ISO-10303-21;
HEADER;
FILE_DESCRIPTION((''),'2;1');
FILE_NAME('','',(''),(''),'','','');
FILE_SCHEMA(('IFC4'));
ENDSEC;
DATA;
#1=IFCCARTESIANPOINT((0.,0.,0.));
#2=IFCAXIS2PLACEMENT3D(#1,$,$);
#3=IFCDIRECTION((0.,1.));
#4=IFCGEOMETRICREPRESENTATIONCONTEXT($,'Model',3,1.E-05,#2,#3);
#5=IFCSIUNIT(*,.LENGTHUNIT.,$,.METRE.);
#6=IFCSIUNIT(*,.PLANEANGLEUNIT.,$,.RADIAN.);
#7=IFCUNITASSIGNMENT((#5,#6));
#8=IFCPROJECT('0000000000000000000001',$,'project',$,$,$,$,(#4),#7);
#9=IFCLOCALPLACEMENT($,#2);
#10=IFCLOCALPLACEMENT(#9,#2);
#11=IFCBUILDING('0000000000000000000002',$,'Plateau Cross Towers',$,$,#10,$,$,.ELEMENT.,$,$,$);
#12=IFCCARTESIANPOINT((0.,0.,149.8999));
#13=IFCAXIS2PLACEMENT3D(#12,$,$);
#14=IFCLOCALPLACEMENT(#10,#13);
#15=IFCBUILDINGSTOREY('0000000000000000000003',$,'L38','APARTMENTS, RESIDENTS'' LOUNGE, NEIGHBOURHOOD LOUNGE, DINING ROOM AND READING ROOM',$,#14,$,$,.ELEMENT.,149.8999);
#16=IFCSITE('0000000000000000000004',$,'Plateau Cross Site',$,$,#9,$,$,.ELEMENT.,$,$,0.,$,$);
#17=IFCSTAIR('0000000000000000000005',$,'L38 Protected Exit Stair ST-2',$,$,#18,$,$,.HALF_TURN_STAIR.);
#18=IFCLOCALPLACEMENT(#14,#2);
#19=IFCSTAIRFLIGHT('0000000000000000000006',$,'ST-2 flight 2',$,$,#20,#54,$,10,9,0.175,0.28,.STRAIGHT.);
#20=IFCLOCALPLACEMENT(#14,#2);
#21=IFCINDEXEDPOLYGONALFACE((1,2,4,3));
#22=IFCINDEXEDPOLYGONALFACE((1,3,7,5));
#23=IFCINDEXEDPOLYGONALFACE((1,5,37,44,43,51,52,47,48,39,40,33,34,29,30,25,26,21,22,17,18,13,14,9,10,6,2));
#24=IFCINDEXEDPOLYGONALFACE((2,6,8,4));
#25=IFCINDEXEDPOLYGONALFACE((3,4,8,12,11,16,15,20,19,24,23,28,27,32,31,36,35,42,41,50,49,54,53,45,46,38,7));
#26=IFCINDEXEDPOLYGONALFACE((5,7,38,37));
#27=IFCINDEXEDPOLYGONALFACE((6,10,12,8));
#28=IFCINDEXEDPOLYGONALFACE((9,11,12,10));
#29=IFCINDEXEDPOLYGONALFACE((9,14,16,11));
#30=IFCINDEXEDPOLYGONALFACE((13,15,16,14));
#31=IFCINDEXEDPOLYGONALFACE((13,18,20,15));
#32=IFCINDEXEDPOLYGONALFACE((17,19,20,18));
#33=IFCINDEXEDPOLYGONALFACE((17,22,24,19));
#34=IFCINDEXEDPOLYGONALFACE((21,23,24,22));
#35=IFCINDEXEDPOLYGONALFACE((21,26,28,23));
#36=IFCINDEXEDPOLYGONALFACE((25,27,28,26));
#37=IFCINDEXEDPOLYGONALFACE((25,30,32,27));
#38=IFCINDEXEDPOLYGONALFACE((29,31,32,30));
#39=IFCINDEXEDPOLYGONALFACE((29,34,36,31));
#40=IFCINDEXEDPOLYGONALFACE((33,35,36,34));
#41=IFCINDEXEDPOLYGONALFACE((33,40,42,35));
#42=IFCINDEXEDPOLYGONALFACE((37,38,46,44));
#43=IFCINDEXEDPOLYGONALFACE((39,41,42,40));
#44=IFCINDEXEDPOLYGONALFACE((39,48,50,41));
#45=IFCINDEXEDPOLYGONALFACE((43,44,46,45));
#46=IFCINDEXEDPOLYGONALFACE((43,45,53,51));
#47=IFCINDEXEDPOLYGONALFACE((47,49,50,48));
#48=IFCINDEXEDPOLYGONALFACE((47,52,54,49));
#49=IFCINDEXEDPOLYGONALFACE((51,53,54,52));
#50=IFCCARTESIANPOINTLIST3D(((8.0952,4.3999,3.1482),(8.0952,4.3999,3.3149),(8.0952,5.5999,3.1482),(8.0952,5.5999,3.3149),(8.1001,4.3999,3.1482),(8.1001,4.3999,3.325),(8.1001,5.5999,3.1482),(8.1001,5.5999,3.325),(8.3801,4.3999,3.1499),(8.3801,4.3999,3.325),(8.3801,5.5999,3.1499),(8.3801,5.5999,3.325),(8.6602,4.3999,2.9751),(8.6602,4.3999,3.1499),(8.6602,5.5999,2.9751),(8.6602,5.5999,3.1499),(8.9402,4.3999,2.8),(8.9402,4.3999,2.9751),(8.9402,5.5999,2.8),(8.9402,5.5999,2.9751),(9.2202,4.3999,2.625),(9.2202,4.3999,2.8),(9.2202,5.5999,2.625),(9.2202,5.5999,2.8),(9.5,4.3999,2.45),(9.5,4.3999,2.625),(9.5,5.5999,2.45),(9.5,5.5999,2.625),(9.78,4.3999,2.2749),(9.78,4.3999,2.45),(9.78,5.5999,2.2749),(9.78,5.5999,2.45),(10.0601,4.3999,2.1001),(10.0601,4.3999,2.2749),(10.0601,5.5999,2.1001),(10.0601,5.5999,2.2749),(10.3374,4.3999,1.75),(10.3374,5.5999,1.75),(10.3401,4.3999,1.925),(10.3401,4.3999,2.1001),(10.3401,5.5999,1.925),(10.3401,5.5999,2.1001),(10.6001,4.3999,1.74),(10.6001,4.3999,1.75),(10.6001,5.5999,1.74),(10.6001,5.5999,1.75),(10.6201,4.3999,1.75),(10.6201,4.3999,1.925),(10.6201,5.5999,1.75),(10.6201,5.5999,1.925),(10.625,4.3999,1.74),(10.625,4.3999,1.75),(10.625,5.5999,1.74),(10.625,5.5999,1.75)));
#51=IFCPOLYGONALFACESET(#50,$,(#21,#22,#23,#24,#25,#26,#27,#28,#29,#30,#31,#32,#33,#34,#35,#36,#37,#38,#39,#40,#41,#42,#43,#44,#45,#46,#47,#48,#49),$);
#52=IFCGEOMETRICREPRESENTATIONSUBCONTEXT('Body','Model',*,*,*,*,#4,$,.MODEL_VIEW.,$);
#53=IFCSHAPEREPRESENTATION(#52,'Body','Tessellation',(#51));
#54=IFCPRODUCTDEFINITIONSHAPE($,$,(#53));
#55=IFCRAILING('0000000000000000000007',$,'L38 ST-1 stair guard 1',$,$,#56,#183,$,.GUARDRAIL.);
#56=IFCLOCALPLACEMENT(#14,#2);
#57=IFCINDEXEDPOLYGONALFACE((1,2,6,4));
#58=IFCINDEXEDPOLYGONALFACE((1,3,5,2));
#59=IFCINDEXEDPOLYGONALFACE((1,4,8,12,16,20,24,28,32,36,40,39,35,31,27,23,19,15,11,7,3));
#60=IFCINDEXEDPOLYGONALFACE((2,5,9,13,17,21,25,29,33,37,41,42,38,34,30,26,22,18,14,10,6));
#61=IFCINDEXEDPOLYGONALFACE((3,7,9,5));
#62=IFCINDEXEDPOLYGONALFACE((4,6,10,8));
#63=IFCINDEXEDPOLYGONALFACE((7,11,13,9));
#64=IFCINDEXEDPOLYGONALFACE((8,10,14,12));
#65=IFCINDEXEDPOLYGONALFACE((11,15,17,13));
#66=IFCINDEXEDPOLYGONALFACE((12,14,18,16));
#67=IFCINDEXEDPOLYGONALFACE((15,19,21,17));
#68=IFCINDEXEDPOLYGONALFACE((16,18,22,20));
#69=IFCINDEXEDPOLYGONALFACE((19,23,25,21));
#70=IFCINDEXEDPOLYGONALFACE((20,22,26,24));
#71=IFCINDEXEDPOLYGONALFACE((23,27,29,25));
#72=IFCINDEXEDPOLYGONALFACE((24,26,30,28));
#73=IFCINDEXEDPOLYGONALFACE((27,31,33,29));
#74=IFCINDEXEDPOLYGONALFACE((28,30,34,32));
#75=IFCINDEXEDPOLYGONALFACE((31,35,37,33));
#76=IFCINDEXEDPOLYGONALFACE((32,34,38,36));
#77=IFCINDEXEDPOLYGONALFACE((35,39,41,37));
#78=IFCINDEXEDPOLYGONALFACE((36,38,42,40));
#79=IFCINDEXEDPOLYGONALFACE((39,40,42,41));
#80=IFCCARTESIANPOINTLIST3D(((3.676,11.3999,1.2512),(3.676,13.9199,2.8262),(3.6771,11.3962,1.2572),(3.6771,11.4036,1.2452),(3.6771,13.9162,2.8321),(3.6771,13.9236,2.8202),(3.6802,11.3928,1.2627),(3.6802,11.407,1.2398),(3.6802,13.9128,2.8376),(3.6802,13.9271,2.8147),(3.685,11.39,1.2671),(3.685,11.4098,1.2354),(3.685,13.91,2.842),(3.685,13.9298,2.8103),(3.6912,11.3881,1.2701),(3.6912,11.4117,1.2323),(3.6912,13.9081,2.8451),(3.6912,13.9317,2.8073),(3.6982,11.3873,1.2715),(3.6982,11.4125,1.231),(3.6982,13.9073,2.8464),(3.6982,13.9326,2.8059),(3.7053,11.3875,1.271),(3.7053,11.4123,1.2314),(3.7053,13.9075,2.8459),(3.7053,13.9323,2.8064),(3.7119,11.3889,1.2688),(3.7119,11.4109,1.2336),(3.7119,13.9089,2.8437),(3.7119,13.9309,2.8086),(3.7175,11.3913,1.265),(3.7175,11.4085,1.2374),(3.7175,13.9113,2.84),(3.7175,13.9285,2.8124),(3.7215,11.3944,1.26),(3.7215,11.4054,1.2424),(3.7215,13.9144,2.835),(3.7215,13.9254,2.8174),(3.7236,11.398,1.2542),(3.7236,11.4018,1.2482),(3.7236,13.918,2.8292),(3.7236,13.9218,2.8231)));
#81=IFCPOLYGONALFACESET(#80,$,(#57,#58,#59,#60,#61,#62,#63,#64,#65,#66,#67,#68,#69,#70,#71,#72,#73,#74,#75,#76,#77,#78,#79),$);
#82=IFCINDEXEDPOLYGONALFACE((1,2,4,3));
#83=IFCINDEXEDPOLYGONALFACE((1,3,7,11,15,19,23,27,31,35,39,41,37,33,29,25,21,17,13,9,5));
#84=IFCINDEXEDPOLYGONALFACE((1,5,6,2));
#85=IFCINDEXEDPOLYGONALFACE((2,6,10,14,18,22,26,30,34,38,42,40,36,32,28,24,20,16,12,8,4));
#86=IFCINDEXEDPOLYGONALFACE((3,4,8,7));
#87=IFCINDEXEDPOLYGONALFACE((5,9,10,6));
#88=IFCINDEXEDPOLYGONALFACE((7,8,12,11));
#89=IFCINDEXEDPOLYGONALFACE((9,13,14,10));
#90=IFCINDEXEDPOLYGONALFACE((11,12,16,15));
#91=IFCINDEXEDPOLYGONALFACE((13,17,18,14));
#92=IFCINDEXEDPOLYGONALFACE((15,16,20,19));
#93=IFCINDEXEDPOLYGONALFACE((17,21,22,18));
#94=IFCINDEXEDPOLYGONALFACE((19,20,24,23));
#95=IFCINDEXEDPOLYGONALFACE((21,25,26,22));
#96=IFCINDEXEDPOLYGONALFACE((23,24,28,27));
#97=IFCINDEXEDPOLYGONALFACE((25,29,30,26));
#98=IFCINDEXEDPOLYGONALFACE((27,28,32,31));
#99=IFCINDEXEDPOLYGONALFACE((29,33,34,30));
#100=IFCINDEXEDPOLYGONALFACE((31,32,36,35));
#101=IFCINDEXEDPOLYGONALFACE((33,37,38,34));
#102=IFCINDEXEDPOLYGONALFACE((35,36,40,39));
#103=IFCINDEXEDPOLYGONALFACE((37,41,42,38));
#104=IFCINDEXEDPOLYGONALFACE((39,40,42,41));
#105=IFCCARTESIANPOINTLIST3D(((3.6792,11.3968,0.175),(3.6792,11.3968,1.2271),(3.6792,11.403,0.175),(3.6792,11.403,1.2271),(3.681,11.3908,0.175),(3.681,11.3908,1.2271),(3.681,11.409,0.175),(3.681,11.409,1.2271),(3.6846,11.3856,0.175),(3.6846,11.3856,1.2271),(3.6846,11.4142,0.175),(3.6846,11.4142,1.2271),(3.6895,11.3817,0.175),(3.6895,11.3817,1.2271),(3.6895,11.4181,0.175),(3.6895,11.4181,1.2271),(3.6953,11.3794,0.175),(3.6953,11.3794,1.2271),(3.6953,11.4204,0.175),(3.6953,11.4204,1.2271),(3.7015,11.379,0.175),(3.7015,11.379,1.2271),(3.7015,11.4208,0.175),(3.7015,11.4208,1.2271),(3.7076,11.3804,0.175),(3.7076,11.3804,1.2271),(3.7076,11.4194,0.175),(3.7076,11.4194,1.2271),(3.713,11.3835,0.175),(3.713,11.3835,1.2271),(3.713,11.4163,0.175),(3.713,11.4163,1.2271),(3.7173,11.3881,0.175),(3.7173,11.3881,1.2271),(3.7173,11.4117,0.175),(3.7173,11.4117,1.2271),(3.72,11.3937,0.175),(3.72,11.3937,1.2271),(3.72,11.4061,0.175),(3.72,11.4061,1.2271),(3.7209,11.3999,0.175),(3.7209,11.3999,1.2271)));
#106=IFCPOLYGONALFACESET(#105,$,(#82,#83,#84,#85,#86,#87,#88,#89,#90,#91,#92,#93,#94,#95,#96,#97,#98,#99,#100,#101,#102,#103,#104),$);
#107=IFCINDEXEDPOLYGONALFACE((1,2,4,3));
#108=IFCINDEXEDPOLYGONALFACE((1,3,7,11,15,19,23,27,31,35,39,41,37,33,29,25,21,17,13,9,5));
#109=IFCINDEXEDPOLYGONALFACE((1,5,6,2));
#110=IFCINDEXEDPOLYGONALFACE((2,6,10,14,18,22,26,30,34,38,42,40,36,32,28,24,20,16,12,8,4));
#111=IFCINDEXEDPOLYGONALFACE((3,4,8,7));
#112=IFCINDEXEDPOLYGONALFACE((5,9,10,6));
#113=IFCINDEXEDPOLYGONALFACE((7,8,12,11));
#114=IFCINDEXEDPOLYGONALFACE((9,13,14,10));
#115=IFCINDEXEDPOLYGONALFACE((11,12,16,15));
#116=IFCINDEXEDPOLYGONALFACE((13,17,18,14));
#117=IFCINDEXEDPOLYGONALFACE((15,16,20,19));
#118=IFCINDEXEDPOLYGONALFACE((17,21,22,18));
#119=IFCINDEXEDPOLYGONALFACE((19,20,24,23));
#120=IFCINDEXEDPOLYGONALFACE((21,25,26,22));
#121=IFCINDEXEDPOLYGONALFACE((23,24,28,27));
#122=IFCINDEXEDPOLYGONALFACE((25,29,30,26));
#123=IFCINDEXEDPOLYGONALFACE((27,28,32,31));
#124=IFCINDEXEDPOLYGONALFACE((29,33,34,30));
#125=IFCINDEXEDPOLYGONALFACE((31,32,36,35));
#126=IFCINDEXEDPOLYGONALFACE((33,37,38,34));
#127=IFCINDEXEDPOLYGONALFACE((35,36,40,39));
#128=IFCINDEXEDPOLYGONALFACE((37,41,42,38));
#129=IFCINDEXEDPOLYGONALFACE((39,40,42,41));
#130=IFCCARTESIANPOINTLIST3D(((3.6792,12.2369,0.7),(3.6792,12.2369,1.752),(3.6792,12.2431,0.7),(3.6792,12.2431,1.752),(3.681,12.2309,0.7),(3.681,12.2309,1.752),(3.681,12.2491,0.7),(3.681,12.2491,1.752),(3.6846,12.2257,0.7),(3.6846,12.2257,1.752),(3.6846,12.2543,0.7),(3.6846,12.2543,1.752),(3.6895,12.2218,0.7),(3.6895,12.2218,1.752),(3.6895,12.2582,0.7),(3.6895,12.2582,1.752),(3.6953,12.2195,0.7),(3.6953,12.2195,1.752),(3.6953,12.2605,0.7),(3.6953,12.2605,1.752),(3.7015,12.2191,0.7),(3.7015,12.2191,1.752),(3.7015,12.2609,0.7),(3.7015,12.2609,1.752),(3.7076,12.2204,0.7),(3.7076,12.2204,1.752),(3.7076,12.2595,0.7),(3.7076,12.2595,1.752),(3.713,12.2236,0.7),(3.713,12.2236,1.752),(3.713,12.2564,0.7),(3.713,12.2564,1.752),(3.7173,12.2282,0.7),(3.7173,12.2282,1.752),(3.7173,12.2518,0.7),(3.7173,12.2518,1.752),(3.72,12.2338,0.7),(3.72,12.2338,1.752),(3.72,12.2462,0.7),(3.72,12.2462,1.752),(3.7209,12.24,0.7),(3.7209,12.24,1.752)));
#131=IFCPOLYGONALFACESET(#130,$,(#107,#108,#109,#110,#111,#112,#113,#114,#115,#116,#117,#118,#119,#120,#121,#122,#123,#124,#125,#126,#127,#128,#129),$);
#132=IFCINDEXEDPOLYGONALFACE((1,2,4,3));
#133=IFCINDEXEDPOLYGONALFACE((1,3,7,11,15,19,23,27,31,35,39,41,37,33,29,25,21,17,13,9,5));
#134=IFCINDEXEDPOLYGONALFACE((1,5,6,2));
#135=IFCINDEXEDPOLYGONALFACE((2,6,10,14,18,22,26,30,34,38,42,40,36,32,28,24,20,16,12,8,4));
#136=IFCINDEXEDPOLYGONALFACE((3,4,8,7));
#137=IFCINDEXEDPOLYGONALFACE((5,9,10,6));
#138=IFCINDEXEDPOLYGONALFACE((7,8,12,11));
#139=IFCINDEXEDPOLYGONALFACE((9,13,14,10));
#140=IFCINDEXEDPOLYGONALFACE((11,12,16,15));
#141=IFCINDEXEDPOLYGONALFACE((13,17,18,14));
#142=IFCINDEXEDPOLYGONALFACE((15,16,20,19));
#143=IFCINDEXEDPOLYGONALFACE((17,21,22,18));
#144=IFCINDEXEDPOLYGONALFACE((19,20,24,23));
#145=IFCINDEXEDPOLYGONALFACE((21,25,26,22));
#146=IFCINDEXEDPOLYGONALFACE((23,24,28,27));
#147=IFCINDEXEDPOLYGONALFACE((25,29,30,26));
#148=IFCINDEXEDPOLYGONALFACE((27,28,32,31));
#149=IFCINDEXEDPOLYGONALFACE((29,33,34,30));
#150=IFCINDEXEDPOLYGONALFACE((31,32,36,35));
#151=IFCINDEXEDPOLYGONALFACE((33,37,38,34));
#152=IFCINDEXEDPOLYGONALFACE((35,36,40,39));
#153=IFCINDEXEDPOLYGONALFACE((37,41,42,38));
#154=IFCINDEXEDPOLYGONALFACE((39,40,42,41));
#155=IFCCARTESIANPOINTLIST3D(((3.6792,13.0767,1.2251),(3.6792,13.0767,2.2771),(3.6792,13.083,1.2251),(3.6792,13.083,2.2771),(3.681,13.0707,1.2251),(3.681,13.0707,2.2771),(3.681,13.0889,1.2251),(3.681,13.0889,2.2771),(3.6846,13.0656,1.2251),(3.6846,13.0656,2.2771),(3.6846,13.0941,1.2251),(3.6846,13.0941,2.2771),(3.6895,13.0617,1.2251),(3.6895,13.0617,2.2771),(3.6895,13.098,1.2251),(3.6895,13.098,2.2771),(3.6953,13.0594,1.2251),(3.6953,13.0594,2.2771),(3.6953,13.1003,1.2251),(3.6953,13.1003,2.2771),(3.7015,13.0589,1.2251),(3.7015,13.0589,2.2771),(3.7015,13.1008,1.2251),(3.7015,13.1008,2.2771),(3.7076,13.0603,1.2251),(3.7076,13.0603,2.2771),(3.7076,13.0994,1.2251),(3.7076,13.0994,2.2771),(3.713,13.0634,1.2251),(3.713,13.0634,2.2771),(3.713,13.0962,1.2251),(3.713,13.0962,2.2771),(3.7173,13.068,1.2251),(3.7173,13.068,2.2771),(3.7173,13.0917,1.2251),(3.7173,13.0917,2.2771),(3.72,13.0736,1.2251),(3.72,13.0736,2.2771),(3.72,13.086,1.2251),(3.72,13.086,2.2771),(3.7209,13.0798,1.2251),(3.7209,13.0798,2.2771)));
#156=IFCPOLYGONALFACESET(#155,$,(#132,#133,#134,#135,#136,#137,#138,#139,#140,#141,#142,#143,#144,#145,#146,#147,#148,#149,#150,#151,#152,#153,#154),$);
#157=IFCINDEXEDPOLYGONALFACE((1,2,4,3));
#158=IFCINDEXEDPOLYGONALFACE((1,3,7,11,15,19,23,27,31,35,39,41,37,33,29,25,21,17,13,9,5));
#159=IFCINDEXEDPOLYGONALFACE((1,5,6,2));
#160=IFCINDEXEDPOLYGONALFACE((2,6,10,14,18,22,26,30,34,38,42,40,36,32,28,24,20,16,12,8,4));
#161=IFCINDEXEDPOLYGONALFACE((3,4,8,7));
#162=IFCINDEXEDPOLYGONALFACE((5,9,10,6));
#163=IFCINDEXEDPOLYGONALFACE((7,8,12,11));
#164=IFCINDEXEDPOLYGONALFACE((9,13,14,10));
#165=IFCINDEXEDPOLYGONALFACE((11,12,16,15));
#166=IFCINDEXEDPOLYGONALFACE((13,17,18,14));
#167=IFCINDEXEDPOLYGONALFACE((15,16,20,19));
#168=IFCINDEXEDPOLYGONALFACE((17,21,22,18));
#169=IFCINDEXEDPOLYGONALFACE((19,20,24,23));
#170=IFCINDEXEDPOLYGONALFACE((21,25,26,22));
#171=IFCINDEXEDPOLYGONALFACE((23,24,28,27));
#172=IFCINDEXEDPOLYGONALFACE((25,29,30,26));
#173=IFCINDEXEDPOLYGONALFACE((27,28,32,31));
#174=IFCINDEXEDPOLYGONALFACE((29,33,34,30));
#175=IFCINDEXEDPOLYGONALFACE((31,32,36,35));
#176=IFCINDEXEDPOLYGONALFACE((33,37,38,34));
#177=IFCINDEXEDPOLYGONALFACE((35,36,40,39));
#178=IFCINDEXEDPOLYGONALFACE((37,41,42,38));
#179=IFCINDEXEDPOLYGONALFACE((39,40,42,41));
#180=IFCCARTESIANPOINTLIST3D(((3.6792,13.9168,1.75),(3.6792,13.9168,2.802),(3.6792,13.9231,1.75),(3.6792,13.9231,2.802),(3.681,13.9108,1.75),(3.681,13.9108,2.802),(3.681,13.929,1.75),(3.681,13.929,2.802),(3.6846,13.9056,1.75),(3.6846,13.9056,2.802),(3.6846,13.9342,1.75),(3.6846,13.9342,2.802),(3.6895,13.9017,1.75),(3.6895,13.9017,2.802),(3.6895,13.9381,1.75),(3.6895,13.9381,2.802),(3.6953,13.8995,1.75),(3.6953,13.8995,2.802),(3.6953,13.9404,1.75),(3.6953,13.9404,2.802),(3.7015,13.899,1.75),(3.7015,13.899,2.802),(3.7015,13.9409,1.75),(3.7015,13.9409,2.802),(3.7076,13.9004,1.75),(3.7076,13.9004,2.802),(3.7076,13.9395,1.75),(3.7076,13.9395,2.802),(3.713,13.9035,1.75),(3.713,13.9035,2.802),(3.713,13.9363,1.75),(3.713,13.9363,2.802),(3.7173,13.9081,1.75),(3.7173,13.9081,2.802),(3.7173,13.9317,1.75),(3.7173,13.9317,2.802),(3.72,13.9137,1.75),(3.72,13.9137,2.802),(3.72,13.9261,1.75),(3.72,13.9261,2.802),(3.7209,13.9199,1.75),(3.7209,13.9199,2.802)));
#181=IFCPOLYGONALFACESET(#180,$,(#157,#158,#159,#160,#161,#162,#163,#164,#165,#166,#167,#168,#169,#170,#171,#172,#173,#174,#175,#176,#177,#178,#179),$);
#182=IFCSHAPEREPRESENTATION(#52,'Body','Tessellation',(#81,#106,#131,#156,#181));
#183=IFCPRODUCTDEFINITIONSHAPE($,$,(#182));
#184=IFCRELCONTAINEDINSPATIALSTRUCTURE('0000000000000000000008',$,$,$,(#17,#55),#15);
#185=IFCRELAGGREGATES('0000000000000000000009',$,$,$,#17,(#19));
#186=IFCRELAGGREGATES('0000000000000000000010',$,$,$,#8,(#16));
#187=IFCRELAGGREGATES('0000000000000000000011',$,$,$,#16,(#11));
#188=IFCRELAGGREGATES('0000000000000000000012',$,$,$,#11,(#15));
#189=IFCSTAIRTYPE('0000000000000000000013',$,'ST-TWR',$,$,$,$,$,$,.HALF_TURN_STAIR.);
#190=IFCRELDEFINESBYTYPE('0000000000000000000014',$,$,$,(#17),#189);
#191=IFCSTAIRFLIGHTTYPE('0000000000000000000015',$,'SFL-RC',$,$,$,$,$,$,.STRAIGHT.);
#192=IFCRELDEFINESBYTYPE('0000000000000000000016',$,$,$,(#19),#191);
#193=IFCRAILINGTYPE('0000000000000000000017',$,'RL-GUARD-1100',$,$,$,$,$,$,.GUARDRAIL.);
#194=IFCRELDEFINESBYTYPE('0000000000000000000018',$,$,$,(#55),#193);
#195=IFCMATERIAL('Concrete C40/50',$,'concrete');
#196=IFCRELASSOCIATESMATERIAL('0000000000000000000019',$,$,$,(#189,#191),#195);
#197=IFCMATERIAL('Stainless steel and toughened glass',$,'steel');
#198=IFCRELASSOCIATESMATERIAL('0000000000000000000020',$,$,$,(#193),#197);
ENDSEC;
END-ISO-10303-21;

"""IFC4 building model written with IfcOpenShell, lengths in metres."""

from ifc_helpers import new_model, si_unit, direction, frame, origin, origin_2d, place, context, subcontext, project, spatial, polyline, circle, outline, extrude, material, type_object, element, aggregate, save


model = new_model("IFC4")

# Units and contexts
model_context = context("Model", 3, precision=1e-05, world=origin(), true_north=direction((0.0, 1.0)))
body_context = subcontext(model_context, "Body", "Model", "MODEL_VIEW")
ifc_project = project(units=[si_unit("LENGTHUNIT", "METRE"), si_unit("PLANEANGLEUNIT", "RADIAN")], contexts=[model_context])

# Site, building, storey
site_placement = place(None, origin())
site = spatial("IfcSite", under=ifc_project, at=site_placement, Name="Plateau Cross Site", CompositionType="ELEMENT", RefElevation=0.0)
building_placement = place(site_placement, origin())
building = spatial("IfcBuilding", under=site, at=building_placement, Name="Plateau Cross Towers", CompositionType="ELEMENT")
storey_placement = place(building_placement, frame((0.0, 0.0, 149.8999)))
storey = spatial("IfcBuildingStorey", under=building, at=storey_placement, Name="L38", Description="APARTMENTS, RESIDENTS' LOUNGE, NEIGHBOURHOOD LOUNGE, DINING ROOM AND READING ROOM", CompositionType="ELEMENT", Elevation=149.8999)

# Stair, stair flight
ifc_material_1 = material(Name="Concrete C40/50", Category="concrete")
stair_type = type_object("IfcStairType", Name="ST-TWR", PredefinedType="HALF_TURN_STAIR", material=ifc_material_1)
stair_flight_type = type_object("IfcStairFlightType", Name="SFL-RC", PredefinedType="STRAIGHT", material=ifc_material_1)
stair_1_placement = place(storey_placement, origin())
stair_1 = element("IfcStair", 1, at=stair_1_placement, inside=storey, type_object=stair_type, Name="L38 Protected Exit Stair ST-2", PredefinedType="HALF_TURN_STAIR")
stair_flight_1_placement = place(storey_placement, frame((10.6201, 5.0, 1.75), z_axis=(0.0, 0.0, 1.0), x_axis=(-1.0, 0.0, 0.0)))
stair_flight_1 = element("IfcStairFlight", 2, at=stair_flight_1_placement, type_object=stair_flight_type, Name="ST-2 flight 2", NumberOfRisers=10, NumberOfTreads=9, PredefinedType="STRAIGHT", RiserHeight=0.175, TreadLength=0.28, context=body_context, shape_type="SweptSolid", body=[
    extrude(outline(polyline([(-0.0049, -0.01), (-0.0049, 0.0), (0.0, 0.0), (0.0, 0.175), (0.28, 0.175), (0.28, 0.3501), (0.5601, 0.3501), (0.5601, 0.5249), (0.8401, 0.5249), (0.8401, 0.7), (1.1201, 0.7), (1.1201, 0.875), (1.3999, 0.875), (1.3999, 1.05), (1.6799, 1.05), (1.6799, 1.2251), (1.96, 1.2251), (1.96, 1.3999), (2.24, 1.3999), (2.24, 1.575), (2.52, 1.575), (2.5249, 1.5649), (2.5249, 1.3982), (2.52, 1.3982), (0.2827, 0.0), (0.02, 0.0), (0.02, -0.01), (-0.0049, -0.01)])), frame((0.0, 0.6001, 0.0), z_axis=(0.0, -1.0, 0.0), x_axis=(1.0, 0.0, 0.0)), (0.0, 0.0, 1.0), 1.2),
])
aggregate(stair_1, [stair_flight_1])

# Railing
ifc_material_2 = material(Name="Stainless steel and toughened glass", Category="steel")
railing_type_1 = type_object("IfcRailingType", Name="RL-GUARD-1100", PredefinedType="GUARDRAIL", material=ifc_material_2)
railing_1_placement = place(storey_placement, frame((3.7, 11.3999, 0.175)))
element("IfcRailing", 3, at=railing_1_placement, inside=storey, type_object=railing_type_1, Name="L38 ST-1 stair guard 1", PredefinedType="GUARDRAIL", context=body_context, shape_type="SweptSolid", body=[
    extrude(circle(Radius=0.0239, at=origin_2d()), frame((0.0, 0.0, 1.0762), z_axis=(0.0, 0.848008, 0.529984), x_axis=(-1.0, 0.0, 0.0)), (0.0, 0.0, 1.0), 2.9717),
    extrude(circle(Radius=0.021, at=origin_2d()), origin(), (0.0, 0.0, 1.0), 1.052),
    extrude(circle(Radius=0.021, at=origin_2d()), frame((0.0, 0.8401, 0.5249)), (0.0, 0.0, 1.0), 1.052),
    extrude(circle(Radius=0.021, at=origin_2d()), frame((0.0, 1.6799, 1.05)), (0.0, 0.0, 1.0), 1.052),
    extrude(circle(Radius=0.021, at=origin_2d()), frame((0.0, 2.52, 1.575)), (0.0, 0.0, 1.0), 1.052),
])

save(model, "model.ifc")
